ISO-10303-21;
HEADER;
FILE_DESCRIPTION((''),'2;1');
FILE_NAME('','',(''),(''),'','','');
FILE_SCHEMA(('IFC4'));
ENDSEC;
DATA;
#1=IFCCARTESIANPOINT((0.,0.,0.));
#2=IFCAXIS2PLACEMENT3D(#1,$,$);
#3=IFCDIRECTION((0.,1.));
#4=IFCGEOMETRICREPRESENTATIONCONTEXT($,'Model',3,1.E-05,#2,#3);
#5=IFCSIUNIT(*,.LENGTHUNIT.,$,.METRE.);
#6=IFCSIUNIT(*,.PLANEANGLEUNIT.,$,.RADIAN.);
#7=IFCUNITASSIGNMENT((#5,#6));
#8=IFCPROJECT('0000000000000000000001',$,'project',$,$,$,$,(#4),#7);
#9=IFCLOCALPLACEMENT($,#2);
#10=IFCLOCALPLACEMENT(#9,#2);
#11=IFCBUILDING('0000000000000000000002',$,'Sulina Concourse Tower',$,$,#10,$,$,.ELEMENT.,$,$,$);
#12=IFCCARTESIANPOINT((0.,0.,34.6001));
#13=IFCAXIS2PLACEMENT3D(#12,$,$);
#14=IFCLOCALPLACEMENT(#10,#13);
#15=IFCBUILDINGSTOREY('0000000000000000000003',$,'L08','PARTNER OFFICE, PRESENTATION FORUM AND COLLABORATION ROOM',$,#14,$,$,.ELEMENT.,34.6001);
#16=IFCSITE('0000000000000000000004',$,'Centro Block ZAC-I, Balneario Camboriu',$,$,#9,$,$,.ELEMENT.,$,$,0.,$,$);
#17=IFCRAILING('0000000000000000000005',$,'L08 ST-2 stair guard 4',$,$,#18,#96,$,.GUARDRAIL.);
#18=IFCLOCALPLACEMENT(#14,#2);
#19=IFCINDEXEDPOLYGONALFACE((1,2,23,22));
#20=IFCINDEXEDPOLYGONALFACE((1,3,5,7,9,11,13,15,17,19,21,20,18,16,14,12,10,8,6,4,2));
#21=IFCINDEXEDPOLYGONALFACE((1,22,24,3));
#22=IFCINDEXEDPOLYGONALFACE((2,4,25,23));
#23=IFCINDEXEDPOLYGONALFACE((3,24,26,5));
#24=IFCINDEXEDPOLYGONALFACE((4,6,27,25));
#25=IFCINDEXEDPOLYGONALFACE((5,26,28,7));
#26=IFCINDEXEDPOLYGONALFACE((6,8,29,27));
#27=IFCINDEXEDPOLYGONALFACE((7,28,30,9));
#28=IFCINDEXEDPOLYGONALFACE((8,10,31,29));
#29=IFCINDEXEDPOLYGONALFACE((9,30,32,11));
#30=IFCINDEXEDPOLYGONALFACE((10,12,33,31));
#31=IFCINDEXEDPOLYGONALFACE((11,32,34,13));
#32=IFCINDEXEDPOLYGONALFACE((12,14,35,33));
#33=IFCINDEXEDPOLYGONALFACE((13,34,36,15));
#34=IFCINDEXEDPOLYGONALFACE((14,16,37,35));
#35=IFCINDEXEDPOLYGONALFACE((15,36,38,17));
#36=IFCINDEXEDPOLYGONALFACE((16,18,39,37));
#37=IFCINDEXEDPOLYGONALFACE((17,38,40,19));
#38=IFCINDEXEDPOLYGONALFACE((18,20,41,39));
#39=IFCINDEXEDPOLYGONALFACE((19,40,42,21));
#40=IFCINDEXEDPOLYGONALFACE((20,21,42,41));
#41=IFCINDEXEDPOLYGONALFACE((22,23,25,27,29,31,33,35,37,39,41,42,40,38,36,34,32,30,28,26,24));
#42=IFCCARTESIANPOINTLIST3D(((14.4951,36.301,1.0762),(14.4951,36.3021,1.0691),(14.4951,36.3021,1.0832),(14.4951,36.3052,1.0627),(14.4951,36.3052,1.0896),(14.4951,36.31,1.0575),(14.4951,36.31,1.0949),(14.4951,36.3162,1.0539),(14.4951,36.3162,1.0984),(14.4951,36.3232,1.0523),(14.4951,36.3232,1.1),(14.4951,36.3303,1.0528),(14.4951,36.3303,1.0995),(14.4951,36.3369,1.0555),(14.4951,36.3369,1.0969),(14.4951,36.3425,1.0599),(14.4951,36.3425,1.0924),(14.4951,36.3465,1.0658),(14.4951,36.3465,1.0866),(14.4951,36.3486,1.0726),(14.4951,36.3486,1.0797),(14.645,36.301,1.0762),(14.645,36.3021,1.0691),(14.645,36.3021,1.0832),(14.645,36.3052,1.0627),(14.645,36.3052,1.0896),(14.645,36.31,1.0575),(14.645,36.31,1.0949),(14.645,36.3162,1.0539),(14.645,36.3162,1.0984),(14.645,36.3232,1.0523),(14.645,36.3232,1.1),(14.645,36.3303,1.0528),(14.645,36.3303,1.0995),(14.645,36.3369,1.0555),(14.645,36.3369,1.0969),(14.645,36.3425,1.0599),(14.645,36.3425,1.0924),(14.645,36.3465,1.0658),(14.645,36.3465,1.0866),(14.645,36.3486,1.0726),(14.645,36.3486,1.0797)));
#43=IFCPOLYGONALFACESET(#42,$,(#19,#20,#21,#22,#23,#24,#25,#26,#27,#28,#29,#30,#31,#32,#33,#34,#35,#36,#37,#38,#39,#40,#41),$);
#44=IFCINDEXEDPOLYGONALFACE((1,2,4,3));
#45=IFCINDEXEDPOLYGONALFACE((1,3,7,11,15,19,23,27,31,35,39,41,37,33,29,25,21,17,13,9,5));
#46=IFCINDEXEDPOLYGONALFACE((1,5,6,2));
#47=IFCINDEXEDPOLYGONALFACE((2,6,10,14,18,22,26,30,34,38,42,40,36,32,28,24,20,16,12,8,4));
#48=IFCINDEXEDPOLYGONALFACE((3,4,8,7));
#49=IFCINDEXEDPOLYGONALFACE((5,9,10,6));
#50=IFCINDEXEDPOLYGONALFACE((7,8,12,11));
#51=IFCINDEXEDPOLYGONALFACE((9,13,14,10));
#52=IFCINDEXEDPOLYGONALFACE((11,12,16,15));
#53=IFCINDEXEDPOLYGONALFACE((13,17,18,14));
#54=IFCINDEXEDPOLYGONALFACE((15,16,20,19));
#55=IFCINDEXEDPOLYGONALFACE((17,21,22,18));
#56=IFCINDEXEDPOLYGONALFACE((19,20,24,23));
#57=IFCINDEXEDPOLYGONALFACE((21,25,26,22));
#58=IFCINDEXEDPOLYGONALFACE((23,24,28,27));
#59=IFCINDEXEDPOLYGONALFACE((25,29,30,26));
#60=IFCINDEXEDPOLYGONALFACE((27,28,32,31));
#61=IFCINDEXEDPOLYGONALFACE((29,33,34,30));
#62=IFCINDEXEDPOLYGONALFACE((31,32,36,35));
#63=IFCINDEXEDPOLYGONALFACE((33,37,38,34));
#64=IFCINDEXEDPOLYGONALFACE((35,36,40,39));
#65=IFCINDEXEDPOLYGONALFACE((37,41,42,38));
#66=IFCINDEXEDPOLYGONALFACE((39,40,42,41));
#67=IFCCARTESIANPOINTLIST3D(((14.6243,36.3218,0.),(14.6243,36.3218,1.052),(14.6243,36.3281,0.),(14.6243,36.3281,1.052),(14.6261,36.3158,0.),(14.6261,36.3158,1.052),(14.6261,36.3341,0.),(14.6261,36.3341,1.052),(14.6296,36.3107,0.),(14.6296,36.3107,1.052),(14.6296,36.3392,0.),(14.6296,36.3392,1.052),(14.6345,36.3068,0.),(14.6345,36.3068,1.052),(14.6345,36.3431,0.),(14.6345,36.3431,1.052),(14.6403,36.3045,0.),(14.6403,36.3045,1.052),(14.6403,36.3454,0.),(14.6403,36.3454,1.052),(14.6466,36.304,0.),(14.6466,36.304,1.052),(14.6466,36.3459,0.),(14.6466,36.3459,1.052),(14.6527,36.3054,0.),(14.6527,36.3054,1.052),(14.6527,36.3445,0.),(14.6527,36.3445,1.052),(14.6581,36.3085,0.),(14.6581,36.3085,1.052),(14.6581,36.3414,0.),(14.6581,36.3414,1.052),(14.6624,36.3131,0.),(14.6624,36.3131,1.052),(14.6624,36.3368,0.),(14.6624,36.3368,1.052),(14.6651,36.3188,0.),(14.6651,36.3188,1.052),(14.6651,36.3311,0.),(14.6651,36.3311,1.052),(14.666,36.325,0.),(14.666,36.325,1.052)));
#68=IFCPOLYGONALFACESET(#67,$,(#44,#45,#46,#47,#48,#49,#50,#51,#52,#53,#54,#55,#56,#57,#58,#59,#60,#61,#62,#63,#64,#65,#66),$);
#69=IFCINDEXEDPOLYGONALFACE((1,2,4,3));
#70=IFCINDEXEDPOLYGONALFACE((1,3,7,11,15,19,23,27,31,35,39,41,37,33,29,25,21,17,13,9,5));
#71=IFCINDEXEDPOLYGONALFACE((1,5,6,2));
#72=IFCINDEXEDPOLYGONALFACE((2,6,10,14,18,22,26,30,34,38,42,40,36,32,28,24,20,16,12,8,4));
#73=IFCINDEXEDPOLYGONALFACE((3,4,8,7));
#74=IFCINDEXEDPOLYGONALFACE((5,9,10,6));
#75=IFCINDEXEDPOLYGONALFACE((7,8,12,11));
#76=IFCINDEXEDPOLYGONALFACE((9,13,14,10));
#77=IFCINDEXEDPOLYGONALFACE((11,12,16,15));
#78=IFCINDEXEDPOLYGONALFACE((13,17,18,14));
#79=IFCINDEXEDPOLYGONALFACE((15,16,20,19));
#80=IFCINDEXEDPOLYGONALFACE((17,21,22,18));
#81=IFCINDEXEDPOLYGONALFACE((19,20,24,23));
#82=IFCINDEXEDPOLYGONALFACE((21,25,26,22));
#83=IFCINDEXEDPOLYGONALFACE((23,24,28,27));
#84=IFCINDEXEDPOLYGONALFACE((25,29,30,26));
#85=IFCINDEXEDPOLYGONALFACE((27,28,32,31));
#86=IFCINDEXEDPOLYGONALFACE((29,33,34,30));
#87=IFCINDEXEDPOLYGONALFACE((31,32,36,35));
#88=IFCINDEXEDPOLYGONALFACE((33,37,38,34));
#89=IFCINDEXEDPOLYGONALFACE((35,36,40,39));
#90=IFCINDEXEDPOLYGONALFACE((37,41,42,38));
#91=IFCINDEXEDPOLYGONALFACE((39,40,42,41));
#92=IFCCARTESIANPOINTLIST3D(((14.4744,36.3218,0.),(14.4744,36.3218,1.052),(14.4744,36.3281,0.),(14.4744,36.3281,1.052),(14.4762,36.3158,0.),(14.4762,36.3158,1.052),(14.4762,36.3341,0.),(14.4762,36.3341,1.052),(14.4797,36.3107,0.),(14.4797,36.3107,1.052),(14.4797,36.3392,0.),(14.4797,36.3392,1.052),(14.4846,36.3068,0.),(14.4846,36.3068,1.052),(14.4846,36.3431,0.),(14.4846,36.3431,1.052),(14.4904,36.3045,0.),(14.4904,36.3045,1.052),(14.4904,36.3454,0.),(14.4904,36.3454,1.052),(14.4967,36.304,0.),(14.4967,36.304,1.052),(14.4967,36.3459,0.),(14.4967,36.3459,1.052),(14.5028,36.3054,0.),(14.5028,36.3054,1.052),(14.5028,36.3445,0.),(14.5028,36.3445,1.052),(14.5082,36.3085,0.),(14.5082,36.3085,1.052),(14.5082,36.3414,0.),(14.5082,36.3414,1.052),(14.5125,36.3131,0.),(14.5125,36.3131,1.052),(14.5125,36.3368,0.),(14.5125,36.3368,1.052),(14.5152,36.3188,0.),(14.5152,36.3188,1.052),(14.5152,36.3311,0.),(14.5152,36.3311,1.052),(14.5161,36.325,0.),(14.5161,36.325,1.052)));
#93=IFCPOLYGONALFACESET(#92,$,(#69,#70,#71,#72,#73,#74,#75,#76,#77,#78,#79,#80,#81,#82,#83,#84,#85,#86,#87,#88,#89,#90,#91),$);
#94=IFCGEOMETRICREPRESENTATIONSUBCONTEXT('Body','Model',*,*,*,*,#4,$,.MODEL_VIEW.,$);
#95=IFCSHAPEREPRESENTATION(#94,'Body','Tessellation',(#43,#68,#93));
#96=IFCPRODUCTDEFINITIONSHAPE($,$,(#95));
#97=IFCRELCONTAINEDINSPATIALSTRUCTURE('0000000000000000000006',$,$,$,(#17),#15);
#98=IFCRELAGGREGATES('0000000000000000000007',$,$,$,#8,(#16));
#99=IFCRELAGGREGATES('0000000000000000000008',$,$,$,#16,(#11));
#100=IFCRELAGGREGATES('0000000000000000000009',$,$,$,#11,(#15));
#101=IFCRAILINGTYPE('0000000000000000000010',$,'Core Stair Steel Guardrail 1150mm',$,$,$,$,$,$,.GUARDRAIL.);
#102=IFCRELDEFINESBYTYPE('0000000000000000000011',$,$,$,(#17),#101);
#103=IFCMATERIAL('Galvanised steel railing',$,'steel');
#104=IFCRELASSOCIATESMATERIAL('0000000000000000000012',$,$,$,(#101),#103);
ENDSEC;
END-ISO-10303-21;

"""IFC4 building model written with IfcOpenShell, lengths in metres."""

from ifc_helpers import new_model, si_unit, direction, frame, origin, origin_2d, place, context, subcontext, project, spatial, circle, extrude, material, type_object, element, save


model = new_model("IFC4")

# Units and contexts
model_context = context("Model", 3, precision=1e-05, world=origin(), true_north=direction((0.0, 1.0)))
body_context = subcontext(model_context, "Body", "Model", "MODEL_VIEW")
ifc_project = project(units=[si_unit("LENGTHUNIT", "METRE"), si_unit("PLANEANGLEUNIT", "RADIAN")], contexts=[model_context])

# Site, building, storey
site_placement = place(None, origin())
site = spatial("IfcSite", under=ifc_project, at=site_placement, Name="Centro Block ZAC-I, Balneario Camboriu", CompositionType="ELEMENT", RefElevation=0.0)
building_placement = place(site_placement, origin())
building = spatial("IfcBuilding", under=site, at=building_placement, Name="Sulina Concourse Tower", CompositionType="ELEMENT")
storey_placement = place(building_placement, frame((0.0, 0.0, 34.6001)))
storey = spatial("IfcBuildingStorey", under=building, at=storey_placement, Name="L08", Description="PARTNER OFFICE, PRESENTATION FORUM AND COLLABORATION ROOM", CompositionType="ELEMENT", Elevation=34.6001)

# Railing
ifc_material_1 = material(Name="Galvanised steel railing", Category="steel")
railing_type_1 = type_object("IfcRailingType", Name="Core Stair Steel Guardrail 1150mm", PredefinedType="GUARDRAIL", material=ifc_material_1)
railing_1_placement = place(storey_placement, frame((14.645, 36.325, 0.0)))
element("IfcRailing", 1, at=railing_1_placement, inside=storey, type_object=railing_type_1, Name="L08 ST-2 stair guard 4", PredefinedType="GUARDRAIL", context=body_context, shape_type="SweptSolid", body=[
    extrude(circle(Radius=0.0239, at=origin_2d()), frame((0.0, 0.0, 1.0762), z_axis=(-1.0, 0.0, 0.0), x_axis=(0.0, -1.0, 0.0)), (0.0, 0.0, 1.0), 0.1499),
    extrude(circle(Radius=0.021, at=origin_2d()), origin(), (0.0, 0.0, 1.0), 1.052),
    extrude(circle(Radius=0.021, at=origin_2d()), frame((-0.1499, 0.0, 0.0)), (0.0, 0.0, 1.0), 1.052),
])

save(model, "model.ifc")
